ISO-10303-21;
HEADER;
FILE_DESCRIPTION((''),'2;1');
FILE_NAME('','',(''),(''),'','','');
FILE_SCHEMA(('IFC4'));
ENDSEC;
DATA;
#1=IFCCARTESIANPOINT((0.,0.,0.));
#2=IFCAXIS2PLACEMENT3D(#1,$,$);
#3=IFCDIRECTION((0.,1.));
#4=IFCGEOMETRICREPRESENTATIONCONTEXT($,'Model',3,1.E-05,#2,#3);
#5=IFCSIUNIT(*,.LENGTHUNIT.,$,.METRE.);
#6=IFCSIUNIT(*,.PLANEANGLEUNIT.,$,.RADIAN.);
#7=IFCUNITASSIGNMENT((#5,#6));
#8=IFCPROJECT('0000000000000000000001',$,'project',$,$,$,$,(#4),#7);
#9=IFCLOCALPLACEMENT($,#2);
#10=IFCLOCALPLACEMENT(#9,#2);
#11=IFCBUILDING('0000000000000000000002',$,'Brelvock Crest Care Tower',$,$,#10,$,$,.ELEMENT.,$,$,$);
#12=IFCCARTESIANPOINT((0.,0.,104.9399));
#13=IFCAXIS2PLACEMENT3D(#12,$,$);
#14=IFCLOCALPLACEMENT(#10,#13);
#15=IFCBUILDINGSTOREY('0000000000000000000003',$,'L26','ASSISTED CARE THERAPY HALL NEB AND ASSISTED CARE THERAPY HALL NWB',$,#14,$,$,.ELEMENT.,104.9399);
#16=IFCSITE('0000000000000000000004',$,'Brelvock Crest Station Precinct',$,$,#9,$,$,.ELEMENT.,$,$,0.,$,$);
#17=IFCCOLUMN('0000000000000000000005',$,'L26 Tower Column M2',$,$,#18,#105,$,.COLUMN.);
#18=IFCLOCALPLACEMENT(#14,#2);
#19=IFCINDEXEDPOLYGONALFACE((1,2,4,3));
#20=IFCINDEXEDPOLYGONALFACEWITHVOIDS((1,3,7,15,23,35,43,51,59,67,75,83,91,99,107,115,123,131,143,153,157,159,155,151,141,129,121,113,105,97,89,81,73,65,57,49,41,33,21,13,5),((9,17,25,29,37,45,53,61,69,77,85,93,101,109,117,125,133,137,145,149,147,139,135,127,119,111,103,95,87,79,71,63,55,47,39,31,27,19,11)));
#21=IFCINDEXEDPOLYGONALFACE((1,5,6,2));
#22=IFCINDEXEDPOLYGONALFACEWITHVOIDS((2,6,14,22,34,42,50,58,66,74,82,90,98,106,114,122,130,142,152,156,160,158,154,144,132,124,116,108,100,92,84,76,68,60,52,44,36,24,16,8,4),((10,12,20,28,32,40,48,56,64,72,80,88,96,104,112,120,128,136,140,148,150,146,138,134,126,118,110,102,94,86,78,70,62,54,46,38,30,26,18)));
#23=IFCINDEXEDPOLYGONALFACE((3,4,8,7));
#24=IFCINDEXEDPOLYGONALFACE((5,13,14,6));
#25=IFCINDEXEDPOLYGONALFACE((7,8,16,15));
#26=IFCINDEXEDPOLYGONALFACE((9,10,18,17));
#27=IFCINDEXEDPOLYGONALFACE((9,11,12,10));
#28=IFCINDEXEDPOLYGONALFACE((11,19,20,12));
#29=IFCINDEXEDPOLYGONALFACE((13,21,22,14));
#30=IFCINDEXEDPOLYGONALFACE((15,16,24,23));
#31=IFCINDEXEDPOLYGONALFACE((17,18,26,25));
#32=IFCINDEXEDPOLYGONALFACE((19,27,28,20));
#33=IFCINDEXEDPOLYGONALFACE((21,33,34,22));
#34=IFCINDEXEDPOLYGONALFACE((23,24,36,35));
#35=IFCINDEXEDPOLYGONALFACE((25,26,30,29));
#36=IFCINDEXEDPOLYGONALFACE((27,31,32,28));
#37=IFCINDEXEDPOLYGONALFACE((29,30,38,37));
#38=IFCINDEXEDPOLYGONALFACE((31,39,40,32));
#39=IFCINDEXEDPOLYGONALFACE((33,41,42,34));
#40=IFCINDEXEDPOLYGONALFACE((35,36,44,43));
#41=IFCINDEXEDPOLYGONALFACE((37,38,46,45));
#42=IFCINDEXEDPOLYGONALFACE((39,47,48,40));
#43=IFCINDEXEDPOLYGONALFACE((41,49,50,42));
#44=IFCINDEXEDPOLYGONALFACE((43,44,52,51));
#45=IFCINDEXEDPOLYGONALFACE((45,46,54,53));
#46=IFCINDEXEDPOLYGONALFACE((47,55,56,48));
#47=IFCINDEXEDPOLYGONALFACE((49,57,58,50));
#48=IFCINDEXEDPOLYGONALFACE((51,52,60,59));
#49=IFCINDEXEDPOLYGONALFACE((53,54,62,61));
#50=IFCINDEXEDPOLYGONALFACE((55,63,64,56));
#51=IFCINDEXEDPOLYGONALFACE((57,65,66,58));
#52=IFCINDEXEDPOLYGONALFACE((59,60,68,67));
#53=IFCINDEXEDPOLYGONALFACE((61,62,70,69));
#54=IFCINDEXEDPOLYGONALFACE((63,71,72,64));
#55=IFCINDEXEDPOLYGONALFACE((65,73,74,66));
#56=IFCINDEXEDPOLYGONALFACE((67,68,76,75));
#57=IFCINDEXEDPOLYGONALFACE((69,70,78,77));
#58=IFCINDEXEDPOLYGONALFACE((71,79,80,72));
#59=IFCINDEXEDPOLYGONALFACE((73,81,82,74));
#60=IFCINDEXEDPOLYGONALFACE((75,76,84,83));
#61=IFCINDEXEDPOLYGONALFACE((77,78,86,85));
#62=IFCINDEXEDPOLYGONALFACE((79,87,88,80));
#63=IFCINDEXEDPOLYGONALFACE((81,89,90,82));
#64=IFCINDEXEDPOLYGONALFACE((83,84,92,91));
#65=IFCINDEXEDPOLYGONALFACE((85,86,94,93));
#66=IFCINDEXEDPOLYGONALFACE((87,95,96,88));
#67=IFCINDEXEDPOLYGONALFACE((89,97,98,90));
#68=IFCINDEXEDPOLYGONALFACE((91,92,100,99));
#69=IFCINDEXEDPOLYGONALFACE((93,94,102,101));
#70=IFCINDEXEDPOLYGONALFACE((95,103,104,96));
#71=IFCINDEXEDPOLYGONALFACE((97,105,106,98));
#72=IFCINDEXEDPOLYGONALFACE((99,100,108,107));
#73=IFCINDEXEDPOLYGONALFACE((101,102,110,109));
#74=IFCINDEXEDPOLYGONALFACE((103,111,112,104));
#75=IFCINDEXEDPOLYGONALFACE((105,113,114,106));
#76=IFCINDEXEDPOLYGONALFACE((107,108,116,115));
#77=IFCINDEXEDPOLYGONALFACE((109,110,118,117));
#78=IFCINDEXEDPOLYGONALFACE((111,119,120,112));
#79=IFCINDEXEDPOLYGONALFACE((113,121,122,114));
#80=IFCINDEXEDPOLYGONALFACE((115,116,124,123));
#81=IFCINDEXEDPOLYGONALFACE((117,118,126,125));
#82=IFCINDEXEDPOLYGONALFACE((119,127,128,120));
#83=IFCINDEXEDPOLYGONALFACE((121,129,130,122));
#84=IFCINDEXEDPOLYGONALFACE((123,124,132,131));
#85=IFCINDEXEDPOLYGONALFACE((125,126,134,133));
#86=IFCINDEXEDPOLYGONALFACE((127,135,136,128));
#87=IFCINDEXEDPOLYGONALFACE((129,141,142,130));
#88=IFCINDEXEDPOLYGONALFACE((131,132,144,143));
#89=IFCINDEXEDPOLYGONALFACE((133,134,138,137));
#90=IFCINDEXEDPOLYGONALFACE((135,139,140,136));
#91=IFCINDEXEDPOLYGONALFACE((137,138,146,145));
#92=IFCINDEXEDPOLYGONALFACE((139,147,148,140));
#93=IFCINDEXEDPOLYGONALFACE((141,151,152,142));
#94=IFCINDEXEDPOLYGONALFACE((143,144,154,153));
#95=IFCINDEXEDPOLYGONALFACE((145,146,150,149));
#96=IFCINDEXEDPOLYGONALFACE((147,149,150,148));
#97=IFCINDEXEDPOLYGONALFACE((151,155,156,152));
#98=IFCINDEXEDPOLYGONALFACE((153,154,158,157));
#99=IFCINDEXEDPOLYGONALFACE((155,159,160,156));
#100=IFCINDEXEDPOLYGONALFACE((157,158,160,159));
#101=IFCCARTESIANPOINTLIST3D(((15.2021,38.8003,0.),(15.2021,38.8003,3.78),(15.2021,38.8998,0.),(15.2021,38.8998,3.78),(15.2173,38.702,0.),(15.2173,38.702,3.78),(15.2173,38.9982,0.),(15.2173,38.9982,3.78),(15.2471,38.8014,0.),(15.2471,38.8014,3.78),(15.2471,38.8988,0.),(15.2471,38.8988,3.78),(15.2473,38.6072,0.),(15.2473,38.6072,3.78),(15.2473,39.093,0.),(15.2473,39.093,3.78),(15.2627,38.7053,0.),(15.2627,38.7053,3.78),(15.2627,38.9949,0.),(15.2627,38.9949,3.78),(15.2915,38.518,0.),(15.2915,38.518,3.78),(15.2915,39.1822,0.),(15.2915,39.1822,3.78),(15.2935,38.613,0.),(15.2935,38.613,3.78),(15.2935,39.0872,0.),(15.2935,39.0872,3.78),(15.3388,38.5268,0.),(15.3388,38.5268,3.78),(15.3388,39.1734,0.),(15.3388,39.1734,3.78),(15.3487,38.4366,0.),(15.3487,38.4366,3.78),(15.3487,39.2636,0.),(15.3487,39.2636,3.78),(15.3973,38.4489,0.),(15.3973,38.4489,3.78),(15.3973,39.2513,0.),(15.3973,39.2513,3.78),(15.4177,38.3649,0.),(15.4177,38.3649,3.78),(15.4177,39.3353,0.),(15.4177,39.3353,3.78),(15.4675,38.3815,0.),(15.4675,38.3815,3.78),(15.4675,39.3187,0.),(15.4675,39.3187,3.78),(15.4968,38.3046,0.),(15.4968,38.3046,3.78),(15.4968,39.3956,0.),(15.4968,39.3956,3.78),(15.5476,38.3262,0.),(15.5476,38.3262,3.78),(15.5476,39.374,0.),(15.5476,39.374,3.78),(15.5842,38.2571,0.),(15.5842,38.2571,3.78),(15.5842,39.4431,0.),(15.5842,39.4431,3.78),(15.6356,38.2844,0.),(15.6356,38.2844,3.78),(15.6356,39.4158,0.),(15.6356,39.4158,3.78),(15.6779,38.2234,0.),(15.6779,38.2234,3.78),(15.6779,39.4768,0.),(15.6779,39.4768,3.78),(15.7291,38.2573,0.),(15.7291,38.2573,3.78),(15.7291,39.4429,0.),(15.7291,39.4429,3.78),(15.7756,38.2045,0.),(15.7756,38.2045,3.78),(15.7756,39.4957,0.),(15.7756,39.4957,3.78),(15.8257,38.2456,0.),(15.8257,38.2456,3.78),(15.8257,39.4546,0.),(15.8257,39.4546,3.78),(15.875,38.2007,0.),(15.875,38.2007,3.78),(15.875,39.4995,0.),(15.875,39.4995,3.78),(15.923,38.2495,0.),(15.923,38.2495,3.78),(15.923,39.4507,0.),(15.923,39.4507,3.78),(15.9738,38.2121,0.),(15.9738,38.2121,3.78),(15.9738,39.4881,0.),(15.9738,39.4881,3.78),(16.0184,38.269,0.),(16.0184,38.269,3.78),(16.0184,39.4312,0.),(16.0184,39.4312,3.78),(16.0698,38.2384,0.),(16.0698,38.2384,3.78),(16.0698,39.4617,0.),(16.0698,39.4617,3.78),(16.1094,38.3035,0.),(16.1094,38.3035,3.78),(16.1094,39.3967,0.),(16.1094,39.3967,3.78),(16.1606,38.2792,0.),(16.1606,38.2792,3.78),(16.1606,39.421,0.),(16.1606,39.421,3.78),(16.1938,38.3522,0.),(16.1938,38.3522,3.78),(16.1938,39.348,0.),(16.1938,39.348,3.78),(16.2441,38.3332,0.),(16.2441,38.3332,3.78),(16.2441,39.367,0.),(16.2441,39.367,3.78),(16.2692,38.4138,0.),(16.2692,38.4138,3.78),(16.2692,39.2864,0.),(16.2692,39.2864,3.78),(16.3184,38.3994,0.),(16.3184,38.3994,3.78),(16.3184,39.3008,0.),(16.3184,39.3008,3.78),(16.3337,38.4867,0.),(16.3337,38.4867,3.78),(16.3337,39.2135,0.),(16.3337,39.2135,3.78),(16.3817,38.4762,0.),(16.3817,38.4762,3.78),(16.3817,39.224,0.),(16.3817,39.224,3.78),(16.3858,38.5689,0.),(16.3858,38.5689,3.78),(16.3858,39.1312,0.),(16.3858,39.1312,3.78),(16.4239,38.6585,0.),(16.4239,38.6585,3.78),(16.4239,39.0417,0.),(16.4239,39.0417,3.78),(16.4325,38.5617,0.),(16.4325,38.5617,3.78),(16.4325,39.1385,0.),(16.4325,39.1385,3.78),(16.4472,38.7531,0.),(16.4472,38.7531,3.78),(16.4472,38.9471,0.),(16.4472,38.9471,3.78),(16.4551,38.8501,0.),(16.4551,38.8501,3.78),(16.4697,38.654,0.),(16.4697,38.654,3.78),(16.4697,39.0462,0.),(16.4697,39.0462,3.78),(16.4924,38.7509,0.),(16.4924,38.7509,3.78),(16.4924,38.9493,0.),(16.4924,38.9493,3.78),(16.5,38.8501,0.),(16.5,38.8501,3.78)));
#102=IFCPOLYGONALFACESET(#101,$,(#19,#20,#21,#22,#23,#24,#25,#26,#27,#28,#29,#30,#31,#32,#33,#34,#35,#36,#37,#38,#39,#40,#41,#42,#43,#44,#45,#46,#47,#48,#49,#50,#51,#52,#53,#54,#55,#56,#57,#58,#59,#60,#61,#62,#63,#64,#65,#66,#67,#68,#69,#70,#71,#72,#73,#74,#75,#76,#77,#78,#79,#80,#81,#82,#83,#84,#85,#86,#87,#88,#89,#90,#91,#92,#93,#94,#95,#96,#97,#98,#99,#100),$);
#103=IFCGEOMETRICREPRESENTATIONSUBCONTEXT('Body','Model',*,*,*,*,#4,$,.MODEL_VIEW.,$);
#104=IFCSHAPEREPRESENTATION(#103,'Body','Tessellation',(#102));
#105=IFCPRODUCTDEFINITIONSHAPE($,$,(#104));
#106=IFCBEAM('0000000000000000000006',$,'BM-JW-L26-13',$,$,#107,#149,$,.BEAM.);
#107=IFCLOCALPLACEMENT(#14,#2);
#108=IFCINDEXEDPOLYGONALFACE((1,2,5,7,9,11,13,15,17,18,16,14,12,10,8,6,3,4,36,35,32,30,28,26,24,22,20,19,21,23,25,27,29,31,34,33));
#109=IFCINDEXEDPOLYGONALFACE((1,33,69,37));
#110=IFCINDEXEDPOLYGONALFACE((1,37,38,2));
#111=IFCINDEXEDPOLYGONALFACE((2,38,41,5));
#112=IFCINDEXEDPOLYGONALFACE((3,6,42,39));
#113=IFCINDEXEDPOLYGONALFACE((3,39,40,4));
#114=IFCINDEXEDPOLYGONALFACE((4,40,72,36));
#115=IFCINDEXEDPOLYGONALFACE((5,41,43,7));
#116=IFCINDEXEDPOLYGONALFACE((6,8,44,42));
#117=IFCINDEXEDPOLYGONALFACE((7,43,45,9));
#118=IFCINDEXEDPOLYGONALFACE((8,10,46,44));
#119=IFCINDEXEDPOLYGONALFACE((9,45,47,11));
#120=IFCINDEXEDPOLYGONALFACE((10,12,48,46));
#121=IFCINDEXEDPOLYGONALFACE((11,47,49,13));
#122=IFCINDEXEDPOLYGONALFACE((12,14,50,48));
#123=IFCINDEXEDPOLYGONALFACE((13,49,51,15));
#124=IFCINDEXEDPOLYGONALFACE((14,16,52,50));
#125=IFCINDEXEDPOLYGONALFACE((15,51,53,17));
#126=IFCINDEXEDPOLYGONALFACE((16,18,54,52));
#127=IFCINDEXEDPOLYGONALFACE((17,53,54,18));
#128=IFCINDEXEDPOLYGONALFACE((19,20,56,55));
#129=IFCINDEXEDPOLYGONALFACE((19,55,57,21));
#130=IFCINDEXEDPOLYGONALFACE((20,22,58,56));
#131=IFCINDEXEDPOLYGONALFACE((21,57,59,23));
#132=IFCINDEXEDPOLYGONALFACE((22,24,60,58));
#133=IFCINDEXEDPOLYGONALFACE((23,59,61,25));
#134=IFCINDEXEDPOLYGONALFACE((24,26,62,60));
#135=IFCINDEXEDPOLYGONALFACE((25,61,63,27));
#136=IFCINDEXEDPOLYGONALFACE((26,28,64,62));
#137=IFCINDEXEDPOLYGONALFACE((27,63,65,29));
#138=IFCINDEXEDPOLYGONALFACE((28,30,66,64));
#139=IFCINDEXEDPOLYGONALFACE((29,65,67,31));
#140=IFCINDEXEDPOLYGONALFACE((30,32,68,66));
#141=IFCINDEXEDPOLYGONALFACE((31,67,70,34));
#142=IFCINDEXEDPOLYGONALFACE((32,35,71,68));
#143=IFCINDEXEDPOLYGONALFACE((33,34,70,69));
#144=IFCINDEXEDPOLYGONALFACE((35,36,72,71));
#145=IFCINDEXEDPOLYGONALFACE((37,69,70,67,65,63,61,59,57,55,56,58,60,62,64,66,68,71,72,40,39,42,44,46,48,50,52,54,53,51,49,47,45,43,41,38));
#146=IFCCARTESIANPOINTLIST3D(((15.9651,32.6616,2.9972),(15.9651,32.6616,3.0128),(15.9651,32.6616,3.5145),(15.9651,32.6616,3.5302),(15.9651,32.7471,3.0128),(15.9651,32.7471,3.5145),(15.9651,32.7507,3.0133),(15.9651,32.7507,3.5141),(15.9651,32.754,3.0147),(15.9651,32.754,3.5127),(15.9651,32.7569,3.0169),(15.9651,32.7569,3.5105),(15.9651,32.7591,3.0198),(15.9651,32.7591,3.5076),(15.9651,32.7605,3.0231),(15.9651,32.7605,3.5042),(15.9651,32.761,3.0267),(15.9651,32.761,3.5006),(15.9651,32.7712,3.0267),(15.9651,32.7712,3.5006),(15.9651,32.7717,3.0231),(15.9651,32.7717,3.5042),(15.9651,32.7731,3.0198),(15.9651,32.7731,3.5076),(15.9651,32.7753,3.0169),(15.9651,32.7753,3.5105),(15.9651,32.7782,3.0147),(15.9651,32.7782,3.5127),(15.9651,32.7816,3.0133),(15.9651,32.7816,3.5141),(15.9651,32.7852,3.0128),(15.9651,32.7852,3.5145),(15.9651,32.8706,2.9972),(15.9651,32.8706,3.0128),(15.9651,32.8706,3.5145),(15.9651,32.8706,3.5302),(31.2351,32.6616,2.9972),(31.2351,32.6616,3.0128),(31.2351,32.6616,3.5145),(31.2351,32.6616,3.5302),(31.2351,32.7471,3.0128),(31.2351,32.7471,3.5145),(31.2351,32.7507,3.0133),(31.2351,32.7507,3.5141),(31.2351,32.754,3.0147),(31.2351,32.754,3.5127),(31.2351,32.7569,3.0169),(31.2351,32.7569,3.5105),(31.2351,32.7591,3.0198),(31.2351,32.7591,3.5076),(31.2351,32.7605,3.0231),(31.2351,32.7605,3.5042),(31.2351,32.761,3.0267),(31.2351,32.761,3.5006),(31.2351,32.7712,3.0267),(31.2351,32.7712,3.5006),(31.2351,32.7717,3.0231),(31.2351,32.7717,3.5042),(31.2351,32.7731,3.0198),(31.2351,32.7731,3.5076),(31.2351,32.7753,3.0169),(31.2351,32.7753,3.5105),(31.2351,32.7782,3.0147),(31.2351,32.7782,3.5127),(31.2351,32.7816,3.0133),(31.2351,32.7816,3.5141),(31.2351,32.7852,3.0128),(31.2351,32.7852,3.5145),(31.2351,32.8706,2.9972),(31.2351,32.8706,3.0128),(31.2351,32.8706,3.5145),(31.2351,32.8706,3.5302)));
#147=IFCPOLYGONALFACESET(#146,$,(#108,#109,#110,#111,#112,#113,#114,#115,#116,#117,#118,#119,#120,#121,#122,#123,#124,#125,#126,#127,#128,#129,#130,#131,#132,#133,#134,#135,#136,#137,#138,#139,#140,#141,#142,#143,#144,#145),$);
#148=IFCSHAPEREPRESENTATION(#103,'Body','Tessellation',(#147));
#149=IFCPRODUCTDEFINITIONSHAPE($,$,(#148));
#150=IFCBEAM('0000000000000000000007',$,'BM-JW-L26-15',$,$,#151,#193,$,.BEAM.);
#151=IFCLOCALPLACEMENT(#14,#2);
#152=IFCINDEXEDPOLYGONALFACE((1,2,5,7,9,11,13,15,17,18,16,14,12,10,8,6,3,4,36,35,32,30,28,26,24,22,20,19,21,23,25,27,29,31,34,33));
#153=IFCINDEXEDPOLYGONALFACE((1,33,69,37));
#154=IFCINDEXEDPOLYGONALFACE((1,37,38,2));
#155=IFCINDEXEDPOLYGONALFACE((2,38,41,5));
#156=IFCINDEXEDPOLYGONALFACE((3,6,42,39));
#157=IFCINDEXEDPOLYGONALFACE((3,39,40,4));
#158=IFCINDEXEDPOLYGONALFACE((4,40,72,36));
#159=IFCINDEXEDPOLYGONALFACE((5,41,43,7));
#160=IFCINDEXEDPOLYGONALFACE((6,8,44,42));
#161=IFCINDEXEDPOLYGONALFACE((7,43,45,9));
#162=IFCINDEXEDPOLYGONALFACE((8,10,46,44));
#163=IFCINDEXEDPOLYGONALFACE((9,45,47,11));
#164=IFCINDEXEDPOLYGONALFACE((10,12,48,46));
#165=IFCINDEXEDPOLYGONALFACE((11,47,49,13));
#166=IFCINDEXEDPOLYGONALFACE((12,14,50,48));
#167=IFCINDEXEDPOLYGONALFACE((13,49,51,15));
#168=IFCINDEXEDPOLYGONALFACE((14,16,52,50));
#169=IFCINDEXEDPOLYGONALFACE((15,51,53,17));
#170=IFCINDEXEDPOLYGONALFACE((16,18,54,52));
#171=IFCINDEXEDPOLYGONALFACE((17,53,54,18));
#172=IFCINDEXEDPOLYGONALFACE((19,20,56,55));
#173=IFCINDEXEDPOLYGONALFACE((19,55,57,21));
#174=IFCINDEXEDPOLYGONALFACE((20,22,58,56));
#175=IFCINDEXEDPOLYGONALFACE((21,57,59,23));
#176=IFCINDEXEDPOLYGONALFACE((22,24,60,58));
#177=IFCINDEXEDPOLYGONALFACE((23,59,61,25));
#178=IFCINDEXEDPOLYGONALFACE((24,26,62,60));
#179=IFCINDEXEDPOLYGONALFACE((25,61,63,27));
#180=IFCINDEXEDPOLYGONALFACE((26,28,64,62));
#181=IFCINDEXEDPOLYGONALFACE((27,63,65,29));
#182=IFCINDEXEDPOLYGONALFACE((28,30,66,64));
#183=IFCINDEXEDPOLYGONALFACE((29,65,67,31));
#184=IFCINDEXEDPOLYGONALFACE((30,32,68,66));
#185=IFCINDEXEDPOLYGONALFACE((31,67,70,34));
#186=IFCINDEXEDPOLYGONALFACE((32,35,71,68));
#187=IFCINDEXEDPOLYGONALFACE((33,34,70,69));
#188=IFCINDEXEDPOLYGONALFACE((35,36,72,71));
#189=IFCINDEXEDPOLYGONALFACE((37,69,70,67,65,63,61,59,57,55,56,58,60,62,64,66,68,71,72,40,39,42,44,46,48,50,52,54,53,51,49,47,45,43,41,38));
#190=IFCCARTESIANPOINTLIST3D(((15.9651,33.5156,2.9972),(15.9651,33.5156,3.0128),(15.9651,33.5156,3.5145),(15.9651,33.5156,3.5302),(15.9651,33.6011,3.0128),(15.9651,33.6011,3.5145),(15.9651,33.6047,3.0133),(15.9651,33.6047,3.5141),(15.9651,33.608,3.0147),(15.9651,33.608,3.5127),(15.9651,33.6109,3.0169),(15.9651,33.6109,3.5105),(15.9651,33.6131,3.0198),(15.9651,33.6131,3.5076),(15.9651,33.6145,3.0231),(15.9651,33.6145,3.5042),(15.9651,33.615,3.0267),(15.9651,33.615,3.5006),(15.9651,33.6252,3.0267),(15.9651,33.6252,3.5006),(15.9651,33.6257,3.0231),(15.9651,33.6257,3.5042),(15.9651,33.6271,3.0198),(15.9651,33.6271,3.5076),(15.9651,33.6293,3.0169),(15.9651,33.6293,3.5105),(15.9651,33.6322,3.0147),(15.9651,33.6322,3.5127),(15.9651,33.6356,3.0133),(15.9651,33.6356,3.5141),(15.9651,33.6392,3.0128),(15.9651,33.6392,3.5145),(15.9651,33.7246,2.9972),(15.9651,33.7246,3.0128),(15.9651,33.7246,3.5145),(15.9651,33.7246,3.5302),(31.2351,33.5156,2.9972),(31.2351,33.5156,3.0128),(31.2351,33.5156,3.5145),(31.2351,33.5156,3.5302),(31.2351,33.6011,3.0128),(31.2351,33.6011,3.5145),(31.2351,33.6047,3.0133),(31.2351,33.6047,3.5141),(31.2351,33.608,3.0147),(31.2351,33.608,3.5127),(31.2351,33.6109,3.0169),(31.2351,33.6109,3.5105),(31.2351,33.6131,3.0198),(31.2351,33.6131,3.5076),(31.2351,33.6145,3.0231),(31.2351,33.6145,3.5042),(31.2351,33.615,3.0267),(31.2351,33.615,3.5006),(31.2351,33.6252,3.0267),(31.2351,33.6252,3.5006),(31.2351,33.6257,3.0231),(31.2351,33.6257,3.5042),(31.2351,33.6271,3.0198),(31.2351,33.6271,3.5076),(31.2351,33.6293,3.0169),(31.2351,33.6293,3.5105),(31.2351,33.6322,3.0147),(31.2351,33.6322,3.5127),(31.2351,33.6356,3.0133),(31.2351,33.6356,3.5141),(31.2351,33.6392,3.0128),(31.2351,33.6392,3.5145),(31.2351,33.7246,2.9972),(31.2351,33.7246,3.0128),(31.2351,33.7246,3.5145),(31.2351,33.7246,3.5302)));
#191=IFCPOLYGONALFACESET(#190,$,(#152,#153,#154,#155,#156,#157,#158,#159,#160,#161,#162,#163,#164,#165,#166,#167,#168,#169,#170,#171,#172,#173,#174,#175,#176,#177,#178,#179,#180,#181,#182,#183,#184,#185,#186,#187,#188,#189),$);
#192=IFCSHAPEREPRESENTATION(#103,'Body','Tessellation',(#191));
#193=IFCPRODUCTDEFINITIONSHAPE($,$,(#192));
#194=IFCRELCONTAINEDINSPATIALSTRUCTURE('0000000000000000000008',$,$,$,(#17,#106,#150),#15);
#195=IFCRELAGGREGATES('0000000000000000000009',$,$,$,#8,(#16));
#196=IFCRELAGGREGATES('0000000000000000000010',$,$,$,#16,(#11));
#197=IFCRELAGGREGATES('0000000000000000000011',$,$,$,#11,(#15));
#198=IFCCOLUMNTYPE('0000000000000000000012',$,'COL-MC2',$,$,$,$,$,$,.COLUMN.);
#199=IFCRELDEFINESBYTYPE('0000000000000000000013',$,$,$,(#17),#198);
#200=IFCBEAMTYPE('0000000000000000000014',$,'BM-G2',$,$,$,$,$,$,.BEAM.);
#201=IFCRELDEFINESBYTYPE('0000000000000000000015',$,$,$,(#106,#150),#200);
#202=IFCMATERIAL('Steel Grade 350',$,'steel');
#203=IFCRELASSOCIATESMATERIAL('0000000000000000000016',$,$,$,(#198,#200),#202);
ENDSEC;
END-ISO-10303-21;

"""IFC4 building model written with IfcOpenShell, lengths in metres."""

from ifc_helpers import new_model, si_unit, direction, frame, origin, origin_2d, place, context, subcontext, project, spatial, hollow_circle, i_section, extrude, source, transform, mapped, material, material_profile, profile_set, type_object, element, save


model = new_model("IFC4")

# Units and contexts
model_context = context("Model", 3, precision=1e-05, world=origin(), true_north=direction((0.0, 1.0)))
body_context = subcontext(model_context, "Body", "Model", "MODEL_VIEW")
ifc_project = project(units=[si_unit("LENGTHUNIT", "METRE"), si_unit("PLANEANGLEUNIT", "RADIAN")], contexts=[model_context])

# Site, building, storey
site_placement = place(None, origin())
site = spatial("IfcSite", under=ifc_project, at=site_placement, Name="Brelvock Crest Station Precinct", CompositionType="ELEMENT", RefElevation=0.0)
building_placement = place(site_placement, origin())
building = spatial("IfcBuilding", under=site, at=building_placement, Name="Brelvock Crest Care Tower", CompositionType="ELEMENT")
storey_placement = place(building_placement, frame((0.0, 0.0, 104.9399)))
storey = spatial("IfcBuildingStorey", under=building, at=storey_placement, Name="L26", Description="ASSISTED CARE THERAPY HALL NEB AND ASSISTED CARE THERAPY HALL NWB", CompositionType="ELEMENT", Elevation=104.9399)

# Column
ifc_material_1 = material(Name="Steel Grade 350", Category="steel")
ifc_material_profile_1 = material_profile(ifc_material_1, hollow_circle(Radius=0.6499, WallThickness=0.0449, at=origin_2d()), Name="CFT1300x45")
ifc_profile_set_1 = profile_set([ifc_material_profile_1], Name="Steel Grade 350")
column_type = type_object("IfcColumnType", Name="COL-MC2", PredefinedType="COLUMN", material=ifc_profile_set_1)
shared_shape_1 = source(origin(), body_context, "Body", "SweptSolid", [
    extrude(hollow_circle(Radius=0.6499, WallThickness=0.0449, at=origin_2d()), origin(), (0.0, 0.0, 1.0), 3.78),
])
column_placement = place(storey_placement, frame((15.8501, 38.8501, 0.0), z_axis=(0.0, 0.0, 1.0), x_axis=(1.0, 0.0, 0.0)))
element("IfcColumn", 1, at=column_placement, inside=storey, type_object=column_type, Name="L26 Tower Column M2", PredefinedType="COLUMN", context=body_context, shape_type="MappedRepresentation", body=[
    mapped(shared_shape_1, transform((0.0, 0.0, 0.0), x_axis=(1.0, 0.0, 0.0), y_axis=(0.0, 1.0, 0.0), z_axis=(0.0, 0.0, 1.0), scale=1.0)),
])

# Beams
ifc_material_profile_2 = material_profile(ifc_material_1, i_section(OverallWidth=0.209, OverallDepth=0.533, WebThickness=0.0103, FlangeThickness=0.0156, FilletRadius=0.0139, at=origin_2d()), Name="530UB92.4")
ifc_profile_set_2 = profile_set([ifc_material_profile_2], Name="Steel Grade 350")
beam_type_1 = type_object("IfcBeamType", Name="BM-G2", PredefinedType="BEAM", material=ifc_profile_set_2)
shared_shape_2 = source(origin(), body_context, "Body", "SweptSolid", [
    extrude(i_section(OverallWidth=0.209, OverallDepth=0.533, WebThickness=0.0103, FlangeThickness=0.0156, FilletRadius=0.0139, at=origin_2d()), origin(), (0.0, 0.0, 1.0), 15.27),
])
for number, where, z_axis, x_axis, name in (
    (2, (15.9651, 32.7661, 3.2637), (1.0, 0.0, 0.0), (0.0, 1.0, 0.0), "BM-JW-L26-13"),
    (3, (15.9651, 33.6201, 3.2637), (1.0, 0.0, 0.0), (0.0, 1.0, 0.0), "BM-JW-L26-15"),
):
    element("IfcBeam", number, at=place(storey_placement, frame(where, z_axis=z_axis, x_axis=x_axis)), inside=storey, type_object=beam_type_1, Name=name, PredefinedType="BEAM", context=body_context, shape_type="MappedRepresentation", body=[
        mapped(shared_shape_2, transform((0.0, 0.0, 0.0), x_axis=(1.0, 0.0, 0.0), y_axis=(0.0, 1.0, 0.0), z_axis=(0.0, 0.0, 1.0), scale=1.0)),
    ])

save(model, "model.ifc")
